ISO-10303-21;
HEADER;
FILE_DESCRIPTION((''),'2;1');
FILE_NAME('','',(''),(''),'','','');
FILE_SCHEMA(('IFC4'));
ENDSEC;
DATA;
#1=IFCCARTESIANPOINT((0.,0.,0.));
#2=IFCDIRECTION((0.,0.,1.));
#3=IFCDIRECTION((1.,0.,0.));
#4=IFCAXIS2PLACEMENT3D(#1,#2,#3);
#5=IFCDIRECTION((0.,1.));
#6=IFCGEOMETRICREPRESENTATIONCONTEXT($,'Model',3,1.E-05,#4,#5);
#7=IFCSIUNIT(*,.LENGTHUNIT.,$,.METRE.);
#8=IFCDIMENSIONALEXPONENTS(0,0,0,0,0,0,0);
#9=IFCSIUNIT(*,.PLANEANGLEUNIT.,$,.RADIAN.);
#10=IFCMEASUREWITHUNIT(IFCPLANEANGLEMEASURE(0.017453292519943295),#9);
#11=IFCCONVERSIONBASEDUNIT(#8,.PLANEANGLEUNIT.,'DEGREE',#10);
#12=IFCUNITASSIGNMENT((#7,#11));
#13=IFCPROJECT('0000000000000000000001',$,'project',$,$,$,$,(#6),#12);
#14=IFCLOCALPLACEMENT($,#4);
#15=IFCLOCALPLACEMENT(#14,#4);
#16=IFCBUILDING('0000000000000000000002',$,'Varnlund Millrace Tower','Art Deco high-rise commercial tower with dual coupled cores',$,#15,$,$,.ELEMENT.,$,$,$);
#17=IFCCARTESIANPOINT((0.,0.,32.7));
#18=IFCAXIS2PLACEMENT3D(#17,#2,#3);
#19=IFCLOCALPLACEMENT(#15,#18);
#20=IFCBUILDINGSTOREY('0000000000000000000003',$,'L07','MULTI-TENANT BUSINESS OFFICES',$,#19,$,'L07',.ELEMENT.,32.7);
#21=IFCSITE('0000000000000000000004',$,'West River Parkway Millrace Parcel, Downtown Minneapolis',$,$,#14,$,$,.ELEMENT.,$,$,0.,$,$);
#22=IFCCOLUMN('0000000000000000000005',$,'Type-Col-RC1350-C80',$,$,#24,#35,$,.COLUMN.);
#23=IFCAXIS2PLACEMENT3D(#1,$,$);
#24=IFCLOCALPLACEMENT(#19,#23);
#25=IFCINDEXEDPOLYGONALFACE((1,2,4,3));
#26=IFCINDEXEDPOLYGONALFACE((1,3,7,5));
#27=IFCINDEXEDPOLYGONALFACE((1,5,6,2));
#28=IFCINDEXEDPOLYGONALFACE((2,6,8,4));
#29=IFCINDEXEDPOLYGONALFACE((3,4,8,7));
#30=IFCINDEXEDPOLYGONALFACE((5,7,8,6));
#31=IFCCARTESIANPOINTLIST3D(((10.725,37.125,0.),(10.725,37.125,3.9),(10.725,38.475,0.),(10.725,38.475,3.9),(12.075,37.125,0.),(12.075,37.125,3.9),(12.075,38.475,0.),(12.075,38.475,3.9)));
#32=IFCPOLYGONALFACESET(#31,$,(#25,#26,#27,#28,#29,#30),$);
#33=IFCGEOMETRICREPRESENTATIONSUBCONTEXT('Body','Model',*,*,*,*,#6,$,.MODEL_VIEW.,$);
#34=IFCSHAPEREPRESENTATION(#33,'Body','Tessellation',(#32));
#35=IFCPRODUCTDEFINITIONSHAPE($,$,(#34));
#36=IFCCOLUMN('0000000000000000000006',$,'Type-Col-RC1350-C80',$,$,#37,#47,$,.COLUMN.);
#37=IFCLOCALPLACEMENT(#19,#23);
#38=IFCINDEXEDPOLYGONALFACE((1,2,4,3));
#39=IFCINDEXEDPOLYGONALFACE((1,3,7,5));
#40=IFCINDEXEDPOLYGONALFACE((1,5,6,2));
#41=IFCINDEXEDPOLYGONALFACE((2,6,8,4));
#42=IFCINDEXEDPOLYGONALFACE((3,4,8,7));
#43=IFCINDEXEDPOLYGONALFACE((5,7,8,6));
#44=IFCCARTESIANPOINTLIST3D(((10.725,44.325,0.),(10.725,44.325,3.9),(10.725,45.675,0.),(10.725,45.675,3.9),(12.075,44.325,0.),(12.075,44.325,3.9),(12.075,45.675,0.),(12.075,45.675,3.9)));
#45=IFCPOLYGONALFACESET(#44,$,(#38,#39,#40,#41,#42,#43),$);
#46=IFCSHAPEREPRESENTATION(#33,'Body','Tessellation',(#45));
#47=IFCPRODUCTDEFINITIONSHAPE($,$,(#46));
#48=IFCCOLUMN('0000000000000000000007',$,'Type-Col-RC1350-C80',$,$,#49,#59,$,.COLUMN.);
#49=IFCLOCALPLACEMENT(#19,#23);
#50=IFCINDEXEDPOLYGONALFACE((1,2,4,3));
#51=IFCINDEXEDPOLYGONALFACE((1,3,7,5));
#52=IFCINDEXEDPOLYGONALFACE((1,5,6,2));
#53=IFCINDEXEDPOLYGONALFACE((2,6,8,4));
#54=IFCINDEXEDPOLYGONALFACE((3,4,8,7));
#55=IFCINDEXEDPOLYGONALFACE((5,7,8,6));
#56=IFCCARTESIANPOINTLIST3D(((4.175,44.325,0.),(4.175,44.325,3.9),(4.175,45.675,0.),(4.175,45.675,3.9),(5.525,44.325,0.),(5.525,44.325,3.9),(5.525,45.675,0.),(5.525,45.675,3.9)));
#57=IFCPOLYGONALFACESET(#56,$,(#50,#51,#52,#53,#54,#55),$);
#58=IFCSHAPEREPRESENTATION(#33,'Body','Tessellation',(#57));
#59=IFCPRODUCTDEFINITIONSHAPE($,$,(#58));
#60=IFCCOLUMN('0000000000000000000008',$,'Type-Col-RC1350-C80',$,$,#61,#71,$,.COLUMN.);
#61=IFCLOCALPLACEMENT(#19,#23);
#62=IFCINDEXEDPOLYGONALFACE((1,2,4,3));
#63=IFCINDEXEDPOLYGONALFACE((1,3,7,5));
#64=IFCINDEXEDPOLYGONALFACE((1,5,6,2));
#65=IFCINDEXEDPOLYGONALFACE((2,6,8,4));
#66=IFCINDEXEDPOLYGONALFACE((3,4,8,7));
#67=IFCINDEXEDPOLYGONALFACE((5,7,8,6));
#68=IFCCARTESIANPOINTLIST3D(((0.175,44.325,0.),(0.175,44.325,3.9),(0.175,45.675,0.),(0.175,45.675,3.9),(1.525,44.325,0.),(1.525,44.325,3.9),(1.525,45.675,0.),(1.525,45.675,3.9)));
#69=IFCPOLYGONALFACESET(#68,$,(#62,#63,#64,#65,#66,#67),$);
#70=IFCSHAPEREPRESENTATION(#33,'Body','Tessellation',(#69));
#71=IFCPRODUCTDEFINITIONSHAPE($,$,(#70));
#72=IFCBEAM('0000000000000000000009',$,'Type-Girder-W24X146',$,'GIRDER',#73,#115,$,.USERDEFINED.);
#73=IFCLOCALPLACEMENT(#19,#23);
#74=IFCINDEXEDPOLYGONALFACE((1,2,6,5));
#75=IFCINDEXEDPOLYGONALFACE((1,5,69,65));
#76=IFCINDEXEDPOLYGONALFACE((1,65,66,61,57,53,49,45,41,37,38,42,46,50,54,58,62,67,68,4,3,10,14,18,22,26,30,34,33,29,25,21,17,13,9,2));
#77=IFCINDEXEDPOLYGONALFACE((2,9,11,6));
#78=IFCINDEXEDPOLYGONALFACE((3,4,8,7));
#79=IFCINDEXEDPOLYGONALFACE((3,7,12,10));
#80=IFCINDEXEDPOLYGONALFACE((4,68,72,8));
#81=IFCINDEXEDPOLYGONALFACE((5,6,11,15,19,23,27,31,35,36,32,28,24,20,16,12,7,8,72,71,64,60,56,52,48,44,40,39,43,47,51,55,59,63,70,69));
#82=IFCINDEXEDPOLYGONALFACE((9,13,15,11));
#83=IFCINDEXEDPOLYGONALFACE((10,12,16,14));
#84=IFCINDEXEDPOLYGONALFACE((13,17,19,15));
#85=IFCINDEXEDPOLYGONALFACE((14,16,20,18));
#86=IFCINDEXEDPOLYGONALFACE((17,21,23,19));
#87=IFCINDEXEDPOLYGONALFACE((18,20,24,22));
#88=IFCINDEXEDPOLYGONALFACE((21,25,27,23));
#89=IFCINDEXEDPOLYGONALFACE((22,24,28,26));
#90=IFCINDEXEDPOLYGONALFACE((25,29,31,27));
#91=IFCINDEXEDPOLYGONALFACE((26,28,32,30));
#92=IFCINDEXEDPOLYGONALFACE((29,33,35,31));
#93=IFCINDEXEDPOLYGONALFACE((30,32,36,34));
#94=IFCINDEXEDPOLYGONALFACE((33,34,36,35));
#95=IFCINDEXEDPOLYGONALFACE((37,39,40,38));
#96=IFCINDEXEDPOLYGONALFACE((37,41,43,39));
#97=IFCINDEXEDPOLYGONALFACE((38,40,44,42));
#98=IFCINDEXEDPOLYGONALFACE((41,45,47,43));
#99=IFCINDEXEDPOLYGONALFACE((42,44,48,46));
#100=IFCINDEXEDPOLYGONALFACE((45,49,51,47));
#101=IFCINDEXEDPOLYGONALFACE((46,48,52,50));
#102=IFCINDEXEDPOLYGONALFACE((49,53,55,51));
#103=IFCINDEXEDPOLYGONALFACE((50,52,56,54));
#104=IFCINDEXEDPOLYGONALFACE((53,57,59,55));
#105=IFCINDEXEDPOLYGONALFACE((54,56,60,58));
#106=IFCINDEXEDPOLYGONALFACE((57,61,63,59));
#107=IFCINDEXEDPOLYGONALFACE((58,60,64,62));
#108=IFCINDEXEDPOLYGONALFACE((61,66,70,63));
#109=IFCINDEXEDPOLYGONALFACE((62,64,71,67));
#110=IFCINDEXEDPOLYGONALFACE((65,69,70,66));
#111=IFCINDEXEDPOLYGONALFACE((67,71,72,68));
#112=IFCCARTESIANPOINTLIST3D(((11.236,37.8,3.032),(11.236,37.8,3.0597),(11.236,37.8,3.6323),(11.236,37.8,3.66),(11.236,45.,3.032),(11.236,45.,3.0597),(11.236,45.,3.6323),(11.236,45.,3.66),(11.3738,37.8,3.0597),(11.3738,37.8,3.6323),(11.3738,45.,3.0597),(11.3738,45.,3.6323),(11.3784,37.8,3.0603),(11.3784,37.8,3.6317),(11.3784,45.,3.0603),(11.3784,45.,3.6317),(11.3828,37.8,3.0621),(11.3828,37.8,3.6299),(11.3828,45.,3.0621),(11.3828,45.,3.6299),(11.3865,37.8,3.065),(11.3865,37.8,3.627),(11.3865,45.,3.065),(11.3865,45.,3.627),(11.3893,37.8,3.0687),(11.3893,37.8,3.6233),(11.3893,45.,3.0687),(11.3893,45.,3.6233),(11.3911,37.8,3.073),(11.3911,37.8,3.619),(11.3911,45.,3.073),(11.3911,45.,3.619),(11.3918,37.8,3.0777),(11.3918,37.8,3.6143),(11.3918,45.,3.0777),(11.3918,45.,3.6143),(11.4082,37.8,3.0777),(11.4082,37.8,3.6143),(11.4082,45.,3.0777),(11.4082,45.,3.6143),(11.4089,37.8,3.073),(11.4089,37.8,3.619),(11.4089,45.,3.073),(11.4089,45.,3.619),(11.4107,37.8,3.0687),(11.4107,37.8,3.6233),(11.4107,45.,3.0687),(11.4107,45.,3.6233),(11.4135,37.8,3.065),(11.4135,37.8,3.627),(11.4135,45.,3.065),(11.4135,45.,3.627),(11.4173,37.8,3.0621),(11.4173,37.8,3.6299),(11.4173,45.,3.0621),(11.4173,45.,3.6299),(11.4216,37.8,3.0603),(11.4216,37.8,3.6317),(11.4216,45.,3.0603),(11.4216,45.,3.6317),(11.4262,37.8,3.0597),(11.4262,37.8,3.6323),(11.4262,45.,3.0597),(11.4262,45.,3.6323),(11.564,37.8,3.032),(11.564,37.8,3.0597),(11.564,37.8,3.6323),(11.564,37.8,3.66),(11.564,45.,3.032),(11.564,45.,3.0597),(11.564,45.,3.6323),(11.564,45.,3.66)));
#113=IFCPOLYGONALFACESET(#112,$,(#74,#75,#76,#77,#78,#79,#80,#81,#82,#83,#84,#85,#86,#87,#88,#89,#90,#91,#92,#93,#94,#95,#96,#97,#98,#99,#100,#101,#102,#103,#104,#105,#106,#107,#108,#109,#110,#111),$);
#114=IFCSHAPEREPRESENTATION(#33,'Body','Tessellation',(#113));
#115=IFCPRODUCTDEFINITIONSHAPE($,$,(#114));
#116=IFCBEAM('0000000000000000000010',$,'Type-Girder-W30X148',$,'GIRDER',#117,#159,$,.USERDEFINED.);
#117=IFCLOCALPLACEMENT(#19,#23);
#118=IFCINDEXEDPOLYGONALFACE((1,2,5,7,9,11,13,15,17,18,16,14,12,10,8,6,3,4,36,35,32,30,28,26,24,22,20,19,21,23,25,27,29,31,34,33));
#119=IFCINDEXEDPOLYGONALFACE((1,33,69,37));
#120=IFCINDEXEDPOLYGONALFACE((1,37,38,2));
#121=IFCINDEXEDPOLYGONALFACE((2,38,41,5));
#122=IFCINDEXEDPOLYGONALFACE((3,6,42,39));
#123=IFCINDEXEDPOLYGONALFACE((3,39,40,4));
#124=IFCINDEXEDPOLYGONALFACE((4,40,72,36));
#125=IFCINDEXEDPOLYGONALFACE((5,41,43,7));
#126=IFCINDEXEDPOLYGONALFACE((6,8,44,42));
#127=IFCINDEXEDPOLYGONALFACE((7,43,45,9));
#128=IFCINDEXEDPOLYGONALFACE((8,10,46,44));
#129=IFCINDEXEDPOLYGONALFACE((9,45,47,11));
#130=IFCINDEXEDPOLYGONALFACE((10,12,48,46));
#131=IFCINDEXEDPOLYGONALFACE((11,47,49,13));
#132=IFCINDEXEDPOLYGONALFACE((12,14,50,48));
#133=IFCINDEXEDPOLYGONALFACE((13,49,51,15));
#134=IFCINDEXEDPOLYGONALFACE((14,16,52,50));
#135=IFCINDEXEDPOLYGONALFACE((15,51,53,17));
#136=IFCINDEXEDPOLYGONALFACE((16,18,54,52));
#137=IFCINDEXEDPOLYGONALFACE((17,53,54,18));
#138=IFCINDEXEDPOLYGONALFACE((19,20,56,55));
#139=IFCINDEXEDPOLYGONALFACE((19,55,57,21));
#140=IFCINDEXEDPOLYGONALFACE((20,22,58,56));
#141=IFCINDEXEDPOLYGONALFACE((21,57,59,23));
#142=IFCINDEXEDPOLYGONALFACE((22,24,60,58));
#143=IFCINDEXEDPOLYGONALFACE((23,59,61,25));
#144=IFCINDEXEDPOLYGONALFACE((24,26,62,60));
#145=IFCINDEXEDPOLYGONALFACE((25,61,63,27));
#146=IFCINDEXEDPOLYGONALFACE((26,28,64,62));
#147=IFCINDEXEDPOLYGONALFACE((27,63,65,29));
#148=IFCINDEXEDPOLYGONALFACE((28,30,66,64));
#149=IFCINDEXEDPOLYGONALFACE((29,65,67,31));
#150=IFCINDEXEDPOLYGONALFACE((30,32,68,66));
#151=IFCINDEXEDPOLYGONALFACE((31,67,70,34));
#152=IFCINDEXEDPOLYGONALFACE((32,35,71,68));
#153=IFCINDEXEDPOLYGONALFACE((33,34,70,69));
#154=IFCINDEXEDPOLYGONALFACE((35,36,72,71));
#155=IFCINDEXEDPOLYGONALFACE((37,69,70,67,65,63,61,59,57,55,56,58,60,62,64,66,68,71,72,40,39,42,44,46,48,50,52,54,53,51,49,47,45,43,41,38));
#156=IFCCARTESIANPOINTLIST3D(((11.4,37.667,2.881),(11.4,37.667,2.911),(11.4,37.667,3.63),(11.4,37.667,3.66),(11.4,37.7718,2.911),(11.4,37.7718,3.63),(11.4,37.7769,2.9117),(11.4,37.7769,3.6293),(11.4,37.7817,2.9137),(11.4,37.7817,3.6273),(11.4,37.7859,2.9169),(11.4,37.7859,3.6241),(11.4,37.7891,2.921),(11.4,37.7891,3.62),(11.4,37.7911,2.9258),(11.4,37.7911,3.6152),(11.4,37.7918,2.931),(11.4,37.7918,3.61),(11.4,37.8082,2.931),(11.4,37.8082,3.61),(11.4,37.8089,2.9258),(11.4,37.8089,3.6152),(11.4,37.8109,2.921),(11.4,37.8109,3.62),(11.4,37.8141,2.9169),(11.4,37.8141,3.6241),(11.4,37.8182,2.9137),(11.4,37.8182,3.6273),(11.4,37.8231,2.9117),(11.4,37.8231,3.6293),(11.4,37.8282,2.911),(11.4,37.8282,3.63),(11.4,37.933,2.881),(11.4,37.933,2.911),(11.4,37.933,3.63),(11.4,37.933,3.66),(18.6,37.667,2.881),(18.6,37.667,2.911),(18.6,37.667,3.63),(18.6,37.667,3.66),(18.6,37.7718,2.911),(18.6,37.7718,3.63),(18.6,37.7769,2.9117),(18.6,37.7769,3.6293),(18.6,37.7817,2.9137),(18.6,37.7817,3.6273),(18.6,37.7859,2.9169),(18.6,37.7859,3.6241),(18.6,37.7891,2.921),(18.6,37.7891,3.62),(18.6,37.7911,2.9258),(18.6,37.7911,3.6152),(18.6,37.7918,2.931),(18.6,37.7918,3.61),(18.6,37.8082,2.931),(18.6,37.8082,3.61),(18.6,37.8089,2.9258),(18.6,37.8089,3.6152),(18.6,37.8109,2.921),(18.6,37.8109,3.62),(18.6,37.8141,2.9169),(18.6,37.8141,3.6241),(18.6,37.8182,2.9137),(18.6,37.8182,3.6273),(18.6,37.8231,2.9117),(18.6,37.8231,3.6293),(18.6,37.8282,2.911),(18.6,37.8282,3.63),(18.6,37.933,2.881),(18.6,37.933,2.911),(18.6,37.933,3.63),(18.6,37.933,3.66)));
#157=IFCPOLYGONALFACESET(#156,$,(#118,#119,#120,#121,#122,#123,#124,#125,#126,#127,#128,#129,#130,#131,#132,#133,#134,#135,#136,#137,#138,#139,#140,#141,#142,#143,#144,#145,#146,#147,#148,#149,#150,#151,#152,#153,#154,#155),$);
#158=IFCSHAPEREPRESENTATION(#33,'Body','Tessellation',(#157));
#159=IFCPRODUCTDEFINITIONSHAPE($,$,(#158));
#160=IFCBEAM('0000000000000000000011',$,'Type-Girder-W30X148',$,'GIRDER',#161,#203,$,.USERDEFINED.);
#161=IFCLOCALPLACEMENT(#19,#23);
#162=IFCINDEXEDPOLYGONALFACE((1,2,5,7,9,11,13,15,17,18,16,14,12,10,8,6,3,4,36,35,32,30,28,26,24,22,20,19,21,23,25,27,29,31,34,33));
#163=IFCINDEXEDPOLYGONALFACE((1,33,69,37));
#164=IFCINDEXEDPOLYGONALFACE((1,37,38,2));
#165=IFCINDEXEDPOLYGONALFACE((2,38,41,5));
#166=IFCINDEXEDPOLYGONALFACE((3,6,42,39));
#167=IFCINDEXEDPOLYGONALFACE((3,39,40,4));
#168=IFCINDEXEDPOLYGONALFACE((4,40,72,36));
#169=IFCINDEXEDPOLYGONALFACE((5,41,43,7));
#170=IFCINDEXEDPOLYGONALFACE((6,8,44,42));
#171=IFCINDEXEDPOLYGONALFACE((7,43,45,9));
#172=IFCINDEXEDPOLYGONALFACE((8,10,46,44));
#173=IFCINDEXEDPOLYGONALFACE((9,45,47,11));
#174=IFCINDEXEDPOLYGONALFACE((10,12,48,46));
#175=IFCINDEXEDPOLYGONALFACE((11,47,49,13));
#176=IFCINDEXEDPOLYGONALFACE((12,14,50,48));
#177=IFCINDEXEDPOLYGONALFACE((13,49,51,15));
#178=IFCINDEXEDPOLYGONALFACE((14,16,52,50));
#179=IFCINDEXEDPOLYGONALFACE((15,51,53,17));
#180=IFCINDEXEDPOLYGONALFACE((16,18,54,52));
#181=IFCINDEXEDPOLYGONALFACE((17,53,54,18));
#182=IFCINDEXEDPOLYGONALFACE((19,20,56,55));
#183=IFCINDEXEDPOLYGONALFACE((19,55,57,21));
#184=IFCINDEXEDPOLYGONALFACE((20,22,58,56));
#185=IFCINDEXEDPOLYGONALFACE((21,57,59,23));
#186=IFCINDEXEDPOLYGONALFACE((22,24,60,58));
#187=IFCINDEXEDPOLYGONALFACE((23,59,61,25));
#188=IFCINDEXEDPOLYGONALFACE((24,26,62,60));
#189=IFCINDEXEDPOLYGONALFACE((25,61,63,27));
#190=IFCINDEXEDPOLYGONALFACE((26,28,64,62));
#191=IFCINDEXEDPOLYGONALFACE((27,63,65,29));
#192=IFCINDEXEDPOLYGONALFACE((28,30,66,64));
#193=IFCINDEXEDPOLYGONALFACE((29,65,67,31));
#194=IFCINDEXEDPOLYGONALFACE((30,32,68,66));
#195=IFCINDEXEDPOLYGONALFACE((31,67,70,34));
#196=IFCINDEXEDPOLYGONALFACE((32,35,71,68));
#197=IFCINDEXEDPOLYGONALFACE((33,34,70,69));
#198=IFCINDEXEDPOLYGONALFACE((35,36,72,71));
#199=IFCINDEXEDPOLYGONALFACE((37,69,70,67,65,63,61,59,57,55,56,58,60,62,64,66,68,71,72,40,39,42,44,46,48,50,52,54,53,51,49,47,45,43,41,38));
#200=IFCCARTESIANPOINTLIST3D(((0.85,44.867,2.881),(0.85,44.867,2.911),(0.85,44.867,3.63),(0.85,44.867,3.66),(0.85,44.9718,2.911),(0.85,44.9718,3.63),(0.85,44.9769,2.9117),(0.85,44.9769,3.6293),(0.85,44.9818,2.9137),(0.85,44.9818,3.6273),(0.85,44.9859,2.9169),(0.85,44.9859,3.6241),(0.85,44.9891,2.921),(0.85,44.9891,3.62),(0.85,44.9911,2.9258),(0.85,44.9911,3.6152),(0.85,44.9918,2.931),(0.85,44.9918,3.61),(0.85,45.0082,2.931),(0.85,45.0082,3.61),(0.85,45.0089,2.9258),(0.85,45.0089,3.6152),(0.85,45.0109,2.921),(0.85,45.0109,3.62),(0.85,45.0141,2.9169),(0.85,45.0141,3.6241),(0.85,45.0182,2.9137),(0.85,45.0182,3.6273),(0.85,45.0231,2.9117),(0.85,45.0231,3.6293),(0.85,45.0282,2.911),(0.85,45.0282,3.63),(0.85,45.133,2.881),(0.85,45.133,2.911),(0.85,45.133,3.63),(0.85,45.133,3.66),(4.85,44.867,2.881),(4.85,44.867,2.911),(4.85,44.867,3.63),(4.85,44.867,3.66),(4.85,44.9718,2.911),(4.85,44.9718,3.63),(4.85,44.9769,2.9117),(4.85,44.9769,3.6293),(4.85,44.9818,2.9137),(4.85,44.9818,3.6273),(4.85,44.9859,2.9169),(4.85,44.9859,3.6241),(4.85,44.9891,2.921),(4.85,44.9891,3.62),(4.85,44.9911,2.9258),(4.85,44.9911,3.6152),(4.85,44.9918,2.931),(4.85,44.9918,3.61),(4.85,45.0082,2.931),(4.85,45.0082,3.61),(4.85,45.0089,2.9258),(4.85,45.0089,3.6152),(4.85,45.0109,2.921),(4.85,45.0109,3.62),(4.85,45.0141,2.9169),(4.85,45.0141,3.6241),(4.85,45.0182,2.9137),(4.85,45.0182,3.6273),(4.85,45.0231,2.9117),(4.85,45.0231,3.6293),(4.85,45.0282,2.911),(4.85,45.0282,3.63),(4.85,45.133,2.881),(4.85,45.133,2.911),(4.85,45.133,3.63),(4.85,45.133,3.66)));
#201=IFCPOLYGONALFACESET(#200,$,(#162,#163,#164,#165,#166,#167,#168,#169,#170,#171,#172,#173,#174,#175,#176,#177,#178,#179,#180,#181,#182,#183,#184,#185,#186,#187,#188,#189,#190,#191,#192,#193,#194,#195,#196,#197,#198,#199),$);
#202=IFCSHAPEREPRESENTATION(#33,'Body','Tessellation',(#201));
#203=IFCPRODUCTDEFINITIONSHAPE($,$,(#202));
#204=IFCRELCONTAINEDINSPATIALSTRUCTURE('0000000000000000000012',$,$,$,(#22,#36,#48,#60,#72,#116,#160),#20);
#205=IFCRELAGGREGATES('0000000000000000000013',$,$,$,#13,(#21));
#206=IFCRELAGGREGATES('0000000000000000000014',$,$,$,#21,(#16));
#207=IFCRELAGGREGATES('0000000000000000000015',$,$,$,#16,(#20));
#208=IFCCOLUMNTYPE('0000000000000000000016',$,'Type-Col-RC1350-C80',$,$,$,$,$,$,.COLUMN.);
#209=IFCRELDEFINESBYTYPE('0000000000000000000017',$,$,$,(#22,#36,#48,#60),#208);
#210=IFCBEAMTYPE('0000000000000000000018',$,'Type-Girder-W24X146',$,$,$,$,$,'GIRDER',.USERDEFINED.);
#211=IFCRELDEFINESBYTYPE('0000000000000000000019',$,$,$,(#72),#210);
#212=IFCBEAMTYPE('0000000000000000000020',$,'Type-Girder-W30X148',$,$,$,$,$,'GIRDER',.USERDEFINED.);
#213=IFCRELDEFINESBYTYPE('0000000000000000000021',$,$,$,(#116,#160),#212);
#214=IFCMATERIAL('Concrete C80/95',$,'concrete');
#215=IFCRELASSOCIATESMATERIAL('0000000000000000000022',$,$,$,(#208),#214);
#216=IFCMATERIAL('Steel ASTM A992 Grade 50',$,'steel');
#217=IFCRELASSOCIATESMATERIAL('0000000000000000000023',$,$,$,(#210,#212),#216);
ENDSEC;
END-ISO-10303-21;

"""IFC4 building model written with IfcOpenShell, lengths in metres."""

from ifc_helpers import new_model, entity, si_unit, converted_unit, direction, frame, origin_with_axes, origin_2d_with_axis, place, context, subcontext, project, spatial, rectangle, i_section, extrude, material, material_profile, profile_set, type_object, element, save


model = new_model("IFC4")

# Units and contexts
model_context = context("Model", 3, precision=1e-05, world=origin_with_axes(), true_north=direction((0.0, 1.0)))
body_context = subcontext(model_context, "Body", "Model", "MODEL_VIEW")
ifc_project = project(units=[si_unit("LENGTHUNIT", "METRE"), converted_unit("PLANEANGLEUNIT", "DEGREE", entity("IfcPlaneAngleMeasure", 0.017453292519943295), si_unit("PLANEANGLEUNIT", "RADIAN"), dimensions=[0, 0, 0, 0, 0, 0, 0])], contexts=[model_context])

# Site, building, storey
site_placement = place(None, origin_with_axes())
site = spatial("IfcSite", under=ifc_project, at=site_placement, Name="West River Parkway Millrace Parcel, Downtown Minneapolis", CompositionType="ELEMENT", RefElevation=0.0)
building_placement = place(site_placement, origin_with_axes())
building = spatial("IfcBuilding", under=site, at=building_placement, Name="Varnlund Millrace Tower", Description="Art Deco high-rise commercial tower with dual coupled cores", CompositionType="ELEMENT")
storey_placement = place(building_placement, frame((0.0, 0.0, 32.7), z_axis=(0.0, 0.0, 1.0), x_axis=(1.0, 0.0, 0.0)))
storey = spatial("IfcBuildingStorey", under=building, at=storey_placement, Name="L07", Description="MULTI-TENANT BUSINESS OFFICES", LongName="L07", CompositionType="ELEMENT", Elevation=32.7)

# Columns
ifc_material_1 = material(Name="Concrete C80/95", Category="concrete")
ifc_material_profile_1 = material_profile(ifc_material_1, rectangle(XDim=1.35, YDim=1.35, at=origin_2d_with_axis()), Name="Concrete C80/95")
ifc_profile_set_1 = profile_set([ifc_material_profile_1], Name="Concrete C80/95")
column_type = type_object("IfcColumnType", Name="Type-Col-RC1350-C80", PredefinedType="COLUMN", material=ifc_profile_set_1)
for number, where, z_axis, x_axis, name in (
    (1, (11.4, 37.8, 0.0), (0.0, 0.0, 1.0), (1.0, 0.0, 0.0), "Type-Col-RC1350-C80"),
    (2, (11.4, 45.0, 0.0), (0.0, 0.0, 1.0), (1.0, 0.0, 0.0), "Type-Col-RC1350-C80"),
    (3, (4.85, 45.0, 0.0), (0.0, 0.0, 1.0), (1.0, 0.0, 0.0), "Type-Col-RC1350-C80"),
    (4, (0.85, 45.0, 0.0), (0.0, 0.0, 1.0), (1.0, 0.0, 0.0), "Type-Col-RC1350-C80"),
):
    element("IfcColumn", number, at=place(storey_placement, frame(where, z_axis=z_axis, x_axis=x_axis)), inside=storey, type_object=column_type, Name=name, PredefinedType="COLUMN", context=body_context, shape_type="SweptSolid", body=[
        extrude(rectangle(XDim=1.35, YDim=1.35, at=origin_2d_with_axis()), origin_with_axes(), (0.0, 0.0, 1.0), 3.9),
    ])

# Beams
ifc_material_2 = material(Name="Steel ASTM A992 Grade 50", Category="steel")
ifc_material_profile_2 = material_profile(ifc_material_2, i_section(OverallWidth=0.328, OverallDepth=0.628, WebThickness=0.0165, FlangeThickness=0.0277, FilletRadius=0.018, at=origin_2d_with_axis()), Name="Steel ASTM A992 Grade 50")
ifc_profile_set_2 = profile_set([ifc_material_profile_2], Name="Steel ASTM A992 Grade 50")
beam_type_1 = type_object("IfcBeamType", Name="Type-Girder-W24X146", ElementType="GIRDER", PredefinedType="USERDEFINED", material=ifc_profile_set_2)
beam_1_placement = place(storey_placement, frame((11.4, 37.8, 3.346), z_axis=(0.0, 1.0, 0.0), x_axis=(-1.0, 0.0, 0.0)))
element("IfcBeam", 5, at=beam_1_placement, inside=storey, type_object=beam_type_1, Name="Type-Girder-W24X146", ObjectType="GIRDER", PredefinedType="USERDEFINED", context=body_context, shape_type="SweptSolid", body=[
    extrude(i_section(OverallWidth=0.328, OverallDepth=0.628, WebThickness=0.0165, FlangeThickness=0.0277, FilletRadius=0.018, at=origin_2d_with_axis()), origin_with_axes(), (0.0, 0.0, 1.0), 7.2),
])
ifc_material_profile_3 = material_profile(ifc_material_2, i_section(OverallWidth=0.266, OverallDepth=0.779, WebThickness=0.0165, FlangeThickness=0.03, FilletRadius=0.02, at=origin_2d_with_axis()), Name="Steel ASTM A992 Grade 50")
ifc_profile_set_3 = profile_set([ifc_material_profile_3], Name="Steel ASTM A992 Grade 50")
beam_type_2 = type_object("IfcBeamType", Name="Type-Girder-W30X148", ElementType="GIRDER", PredefinedType="USERDEFINED", material=ifc_profile_set_3)
beam_2_placement = place(storey_placement, frame((11.4, 37.8, 3.2705), z_axis=(1.0, 0.0, 0.0), x_axis=(0.0, 1.0, 0.0)))
element("IfcBeam", 6, at=beam_2_placement, inside=storey, type_object=beam_type_2, Name="Type-Girder-W30X148", ObjectType="GIRDER", PredefinedType="USERDEFINED", context=body_context, shape_type="SweptSolid", body=[
    extrude(i_section(OverallWidth=0.266, OverallDepth=0.779, WebThickness=0.0165, FlangeThickness=0.03, FilletRadius=0.02, at=origin_2d_with_axis()), origin_with_axes(), (0.0, 0.0, 1.0), 7.2),
])
beam_3_placement = place(storey_placement, frame((0.85, 45.0, 3.2705), z_axis=(1.0, 0.0, 0.0), x_axis=(0.0, 1.0, 0.0)))
element("IfcBeam", 7, at=beam_3_placement, inside=storey, type_object=beam_type_2, Name="Type-Girder-W30X148", ObjectType="GIRDER", PredefinedType="USERDEFINED", context=body_context, shape_type="SweptSolid", body=[
    extrude(i_section(OverallWidth=0.266, OverallDepth=0.779, WebThickness=0.0165, FlangeThickness=0.03, FilletRadius=0.02, at=origin_2d_with_axis()), origin_with_axes(), (0.0, 0.0, 1.0), 4.0),
])

save(model, "model.ifc")
